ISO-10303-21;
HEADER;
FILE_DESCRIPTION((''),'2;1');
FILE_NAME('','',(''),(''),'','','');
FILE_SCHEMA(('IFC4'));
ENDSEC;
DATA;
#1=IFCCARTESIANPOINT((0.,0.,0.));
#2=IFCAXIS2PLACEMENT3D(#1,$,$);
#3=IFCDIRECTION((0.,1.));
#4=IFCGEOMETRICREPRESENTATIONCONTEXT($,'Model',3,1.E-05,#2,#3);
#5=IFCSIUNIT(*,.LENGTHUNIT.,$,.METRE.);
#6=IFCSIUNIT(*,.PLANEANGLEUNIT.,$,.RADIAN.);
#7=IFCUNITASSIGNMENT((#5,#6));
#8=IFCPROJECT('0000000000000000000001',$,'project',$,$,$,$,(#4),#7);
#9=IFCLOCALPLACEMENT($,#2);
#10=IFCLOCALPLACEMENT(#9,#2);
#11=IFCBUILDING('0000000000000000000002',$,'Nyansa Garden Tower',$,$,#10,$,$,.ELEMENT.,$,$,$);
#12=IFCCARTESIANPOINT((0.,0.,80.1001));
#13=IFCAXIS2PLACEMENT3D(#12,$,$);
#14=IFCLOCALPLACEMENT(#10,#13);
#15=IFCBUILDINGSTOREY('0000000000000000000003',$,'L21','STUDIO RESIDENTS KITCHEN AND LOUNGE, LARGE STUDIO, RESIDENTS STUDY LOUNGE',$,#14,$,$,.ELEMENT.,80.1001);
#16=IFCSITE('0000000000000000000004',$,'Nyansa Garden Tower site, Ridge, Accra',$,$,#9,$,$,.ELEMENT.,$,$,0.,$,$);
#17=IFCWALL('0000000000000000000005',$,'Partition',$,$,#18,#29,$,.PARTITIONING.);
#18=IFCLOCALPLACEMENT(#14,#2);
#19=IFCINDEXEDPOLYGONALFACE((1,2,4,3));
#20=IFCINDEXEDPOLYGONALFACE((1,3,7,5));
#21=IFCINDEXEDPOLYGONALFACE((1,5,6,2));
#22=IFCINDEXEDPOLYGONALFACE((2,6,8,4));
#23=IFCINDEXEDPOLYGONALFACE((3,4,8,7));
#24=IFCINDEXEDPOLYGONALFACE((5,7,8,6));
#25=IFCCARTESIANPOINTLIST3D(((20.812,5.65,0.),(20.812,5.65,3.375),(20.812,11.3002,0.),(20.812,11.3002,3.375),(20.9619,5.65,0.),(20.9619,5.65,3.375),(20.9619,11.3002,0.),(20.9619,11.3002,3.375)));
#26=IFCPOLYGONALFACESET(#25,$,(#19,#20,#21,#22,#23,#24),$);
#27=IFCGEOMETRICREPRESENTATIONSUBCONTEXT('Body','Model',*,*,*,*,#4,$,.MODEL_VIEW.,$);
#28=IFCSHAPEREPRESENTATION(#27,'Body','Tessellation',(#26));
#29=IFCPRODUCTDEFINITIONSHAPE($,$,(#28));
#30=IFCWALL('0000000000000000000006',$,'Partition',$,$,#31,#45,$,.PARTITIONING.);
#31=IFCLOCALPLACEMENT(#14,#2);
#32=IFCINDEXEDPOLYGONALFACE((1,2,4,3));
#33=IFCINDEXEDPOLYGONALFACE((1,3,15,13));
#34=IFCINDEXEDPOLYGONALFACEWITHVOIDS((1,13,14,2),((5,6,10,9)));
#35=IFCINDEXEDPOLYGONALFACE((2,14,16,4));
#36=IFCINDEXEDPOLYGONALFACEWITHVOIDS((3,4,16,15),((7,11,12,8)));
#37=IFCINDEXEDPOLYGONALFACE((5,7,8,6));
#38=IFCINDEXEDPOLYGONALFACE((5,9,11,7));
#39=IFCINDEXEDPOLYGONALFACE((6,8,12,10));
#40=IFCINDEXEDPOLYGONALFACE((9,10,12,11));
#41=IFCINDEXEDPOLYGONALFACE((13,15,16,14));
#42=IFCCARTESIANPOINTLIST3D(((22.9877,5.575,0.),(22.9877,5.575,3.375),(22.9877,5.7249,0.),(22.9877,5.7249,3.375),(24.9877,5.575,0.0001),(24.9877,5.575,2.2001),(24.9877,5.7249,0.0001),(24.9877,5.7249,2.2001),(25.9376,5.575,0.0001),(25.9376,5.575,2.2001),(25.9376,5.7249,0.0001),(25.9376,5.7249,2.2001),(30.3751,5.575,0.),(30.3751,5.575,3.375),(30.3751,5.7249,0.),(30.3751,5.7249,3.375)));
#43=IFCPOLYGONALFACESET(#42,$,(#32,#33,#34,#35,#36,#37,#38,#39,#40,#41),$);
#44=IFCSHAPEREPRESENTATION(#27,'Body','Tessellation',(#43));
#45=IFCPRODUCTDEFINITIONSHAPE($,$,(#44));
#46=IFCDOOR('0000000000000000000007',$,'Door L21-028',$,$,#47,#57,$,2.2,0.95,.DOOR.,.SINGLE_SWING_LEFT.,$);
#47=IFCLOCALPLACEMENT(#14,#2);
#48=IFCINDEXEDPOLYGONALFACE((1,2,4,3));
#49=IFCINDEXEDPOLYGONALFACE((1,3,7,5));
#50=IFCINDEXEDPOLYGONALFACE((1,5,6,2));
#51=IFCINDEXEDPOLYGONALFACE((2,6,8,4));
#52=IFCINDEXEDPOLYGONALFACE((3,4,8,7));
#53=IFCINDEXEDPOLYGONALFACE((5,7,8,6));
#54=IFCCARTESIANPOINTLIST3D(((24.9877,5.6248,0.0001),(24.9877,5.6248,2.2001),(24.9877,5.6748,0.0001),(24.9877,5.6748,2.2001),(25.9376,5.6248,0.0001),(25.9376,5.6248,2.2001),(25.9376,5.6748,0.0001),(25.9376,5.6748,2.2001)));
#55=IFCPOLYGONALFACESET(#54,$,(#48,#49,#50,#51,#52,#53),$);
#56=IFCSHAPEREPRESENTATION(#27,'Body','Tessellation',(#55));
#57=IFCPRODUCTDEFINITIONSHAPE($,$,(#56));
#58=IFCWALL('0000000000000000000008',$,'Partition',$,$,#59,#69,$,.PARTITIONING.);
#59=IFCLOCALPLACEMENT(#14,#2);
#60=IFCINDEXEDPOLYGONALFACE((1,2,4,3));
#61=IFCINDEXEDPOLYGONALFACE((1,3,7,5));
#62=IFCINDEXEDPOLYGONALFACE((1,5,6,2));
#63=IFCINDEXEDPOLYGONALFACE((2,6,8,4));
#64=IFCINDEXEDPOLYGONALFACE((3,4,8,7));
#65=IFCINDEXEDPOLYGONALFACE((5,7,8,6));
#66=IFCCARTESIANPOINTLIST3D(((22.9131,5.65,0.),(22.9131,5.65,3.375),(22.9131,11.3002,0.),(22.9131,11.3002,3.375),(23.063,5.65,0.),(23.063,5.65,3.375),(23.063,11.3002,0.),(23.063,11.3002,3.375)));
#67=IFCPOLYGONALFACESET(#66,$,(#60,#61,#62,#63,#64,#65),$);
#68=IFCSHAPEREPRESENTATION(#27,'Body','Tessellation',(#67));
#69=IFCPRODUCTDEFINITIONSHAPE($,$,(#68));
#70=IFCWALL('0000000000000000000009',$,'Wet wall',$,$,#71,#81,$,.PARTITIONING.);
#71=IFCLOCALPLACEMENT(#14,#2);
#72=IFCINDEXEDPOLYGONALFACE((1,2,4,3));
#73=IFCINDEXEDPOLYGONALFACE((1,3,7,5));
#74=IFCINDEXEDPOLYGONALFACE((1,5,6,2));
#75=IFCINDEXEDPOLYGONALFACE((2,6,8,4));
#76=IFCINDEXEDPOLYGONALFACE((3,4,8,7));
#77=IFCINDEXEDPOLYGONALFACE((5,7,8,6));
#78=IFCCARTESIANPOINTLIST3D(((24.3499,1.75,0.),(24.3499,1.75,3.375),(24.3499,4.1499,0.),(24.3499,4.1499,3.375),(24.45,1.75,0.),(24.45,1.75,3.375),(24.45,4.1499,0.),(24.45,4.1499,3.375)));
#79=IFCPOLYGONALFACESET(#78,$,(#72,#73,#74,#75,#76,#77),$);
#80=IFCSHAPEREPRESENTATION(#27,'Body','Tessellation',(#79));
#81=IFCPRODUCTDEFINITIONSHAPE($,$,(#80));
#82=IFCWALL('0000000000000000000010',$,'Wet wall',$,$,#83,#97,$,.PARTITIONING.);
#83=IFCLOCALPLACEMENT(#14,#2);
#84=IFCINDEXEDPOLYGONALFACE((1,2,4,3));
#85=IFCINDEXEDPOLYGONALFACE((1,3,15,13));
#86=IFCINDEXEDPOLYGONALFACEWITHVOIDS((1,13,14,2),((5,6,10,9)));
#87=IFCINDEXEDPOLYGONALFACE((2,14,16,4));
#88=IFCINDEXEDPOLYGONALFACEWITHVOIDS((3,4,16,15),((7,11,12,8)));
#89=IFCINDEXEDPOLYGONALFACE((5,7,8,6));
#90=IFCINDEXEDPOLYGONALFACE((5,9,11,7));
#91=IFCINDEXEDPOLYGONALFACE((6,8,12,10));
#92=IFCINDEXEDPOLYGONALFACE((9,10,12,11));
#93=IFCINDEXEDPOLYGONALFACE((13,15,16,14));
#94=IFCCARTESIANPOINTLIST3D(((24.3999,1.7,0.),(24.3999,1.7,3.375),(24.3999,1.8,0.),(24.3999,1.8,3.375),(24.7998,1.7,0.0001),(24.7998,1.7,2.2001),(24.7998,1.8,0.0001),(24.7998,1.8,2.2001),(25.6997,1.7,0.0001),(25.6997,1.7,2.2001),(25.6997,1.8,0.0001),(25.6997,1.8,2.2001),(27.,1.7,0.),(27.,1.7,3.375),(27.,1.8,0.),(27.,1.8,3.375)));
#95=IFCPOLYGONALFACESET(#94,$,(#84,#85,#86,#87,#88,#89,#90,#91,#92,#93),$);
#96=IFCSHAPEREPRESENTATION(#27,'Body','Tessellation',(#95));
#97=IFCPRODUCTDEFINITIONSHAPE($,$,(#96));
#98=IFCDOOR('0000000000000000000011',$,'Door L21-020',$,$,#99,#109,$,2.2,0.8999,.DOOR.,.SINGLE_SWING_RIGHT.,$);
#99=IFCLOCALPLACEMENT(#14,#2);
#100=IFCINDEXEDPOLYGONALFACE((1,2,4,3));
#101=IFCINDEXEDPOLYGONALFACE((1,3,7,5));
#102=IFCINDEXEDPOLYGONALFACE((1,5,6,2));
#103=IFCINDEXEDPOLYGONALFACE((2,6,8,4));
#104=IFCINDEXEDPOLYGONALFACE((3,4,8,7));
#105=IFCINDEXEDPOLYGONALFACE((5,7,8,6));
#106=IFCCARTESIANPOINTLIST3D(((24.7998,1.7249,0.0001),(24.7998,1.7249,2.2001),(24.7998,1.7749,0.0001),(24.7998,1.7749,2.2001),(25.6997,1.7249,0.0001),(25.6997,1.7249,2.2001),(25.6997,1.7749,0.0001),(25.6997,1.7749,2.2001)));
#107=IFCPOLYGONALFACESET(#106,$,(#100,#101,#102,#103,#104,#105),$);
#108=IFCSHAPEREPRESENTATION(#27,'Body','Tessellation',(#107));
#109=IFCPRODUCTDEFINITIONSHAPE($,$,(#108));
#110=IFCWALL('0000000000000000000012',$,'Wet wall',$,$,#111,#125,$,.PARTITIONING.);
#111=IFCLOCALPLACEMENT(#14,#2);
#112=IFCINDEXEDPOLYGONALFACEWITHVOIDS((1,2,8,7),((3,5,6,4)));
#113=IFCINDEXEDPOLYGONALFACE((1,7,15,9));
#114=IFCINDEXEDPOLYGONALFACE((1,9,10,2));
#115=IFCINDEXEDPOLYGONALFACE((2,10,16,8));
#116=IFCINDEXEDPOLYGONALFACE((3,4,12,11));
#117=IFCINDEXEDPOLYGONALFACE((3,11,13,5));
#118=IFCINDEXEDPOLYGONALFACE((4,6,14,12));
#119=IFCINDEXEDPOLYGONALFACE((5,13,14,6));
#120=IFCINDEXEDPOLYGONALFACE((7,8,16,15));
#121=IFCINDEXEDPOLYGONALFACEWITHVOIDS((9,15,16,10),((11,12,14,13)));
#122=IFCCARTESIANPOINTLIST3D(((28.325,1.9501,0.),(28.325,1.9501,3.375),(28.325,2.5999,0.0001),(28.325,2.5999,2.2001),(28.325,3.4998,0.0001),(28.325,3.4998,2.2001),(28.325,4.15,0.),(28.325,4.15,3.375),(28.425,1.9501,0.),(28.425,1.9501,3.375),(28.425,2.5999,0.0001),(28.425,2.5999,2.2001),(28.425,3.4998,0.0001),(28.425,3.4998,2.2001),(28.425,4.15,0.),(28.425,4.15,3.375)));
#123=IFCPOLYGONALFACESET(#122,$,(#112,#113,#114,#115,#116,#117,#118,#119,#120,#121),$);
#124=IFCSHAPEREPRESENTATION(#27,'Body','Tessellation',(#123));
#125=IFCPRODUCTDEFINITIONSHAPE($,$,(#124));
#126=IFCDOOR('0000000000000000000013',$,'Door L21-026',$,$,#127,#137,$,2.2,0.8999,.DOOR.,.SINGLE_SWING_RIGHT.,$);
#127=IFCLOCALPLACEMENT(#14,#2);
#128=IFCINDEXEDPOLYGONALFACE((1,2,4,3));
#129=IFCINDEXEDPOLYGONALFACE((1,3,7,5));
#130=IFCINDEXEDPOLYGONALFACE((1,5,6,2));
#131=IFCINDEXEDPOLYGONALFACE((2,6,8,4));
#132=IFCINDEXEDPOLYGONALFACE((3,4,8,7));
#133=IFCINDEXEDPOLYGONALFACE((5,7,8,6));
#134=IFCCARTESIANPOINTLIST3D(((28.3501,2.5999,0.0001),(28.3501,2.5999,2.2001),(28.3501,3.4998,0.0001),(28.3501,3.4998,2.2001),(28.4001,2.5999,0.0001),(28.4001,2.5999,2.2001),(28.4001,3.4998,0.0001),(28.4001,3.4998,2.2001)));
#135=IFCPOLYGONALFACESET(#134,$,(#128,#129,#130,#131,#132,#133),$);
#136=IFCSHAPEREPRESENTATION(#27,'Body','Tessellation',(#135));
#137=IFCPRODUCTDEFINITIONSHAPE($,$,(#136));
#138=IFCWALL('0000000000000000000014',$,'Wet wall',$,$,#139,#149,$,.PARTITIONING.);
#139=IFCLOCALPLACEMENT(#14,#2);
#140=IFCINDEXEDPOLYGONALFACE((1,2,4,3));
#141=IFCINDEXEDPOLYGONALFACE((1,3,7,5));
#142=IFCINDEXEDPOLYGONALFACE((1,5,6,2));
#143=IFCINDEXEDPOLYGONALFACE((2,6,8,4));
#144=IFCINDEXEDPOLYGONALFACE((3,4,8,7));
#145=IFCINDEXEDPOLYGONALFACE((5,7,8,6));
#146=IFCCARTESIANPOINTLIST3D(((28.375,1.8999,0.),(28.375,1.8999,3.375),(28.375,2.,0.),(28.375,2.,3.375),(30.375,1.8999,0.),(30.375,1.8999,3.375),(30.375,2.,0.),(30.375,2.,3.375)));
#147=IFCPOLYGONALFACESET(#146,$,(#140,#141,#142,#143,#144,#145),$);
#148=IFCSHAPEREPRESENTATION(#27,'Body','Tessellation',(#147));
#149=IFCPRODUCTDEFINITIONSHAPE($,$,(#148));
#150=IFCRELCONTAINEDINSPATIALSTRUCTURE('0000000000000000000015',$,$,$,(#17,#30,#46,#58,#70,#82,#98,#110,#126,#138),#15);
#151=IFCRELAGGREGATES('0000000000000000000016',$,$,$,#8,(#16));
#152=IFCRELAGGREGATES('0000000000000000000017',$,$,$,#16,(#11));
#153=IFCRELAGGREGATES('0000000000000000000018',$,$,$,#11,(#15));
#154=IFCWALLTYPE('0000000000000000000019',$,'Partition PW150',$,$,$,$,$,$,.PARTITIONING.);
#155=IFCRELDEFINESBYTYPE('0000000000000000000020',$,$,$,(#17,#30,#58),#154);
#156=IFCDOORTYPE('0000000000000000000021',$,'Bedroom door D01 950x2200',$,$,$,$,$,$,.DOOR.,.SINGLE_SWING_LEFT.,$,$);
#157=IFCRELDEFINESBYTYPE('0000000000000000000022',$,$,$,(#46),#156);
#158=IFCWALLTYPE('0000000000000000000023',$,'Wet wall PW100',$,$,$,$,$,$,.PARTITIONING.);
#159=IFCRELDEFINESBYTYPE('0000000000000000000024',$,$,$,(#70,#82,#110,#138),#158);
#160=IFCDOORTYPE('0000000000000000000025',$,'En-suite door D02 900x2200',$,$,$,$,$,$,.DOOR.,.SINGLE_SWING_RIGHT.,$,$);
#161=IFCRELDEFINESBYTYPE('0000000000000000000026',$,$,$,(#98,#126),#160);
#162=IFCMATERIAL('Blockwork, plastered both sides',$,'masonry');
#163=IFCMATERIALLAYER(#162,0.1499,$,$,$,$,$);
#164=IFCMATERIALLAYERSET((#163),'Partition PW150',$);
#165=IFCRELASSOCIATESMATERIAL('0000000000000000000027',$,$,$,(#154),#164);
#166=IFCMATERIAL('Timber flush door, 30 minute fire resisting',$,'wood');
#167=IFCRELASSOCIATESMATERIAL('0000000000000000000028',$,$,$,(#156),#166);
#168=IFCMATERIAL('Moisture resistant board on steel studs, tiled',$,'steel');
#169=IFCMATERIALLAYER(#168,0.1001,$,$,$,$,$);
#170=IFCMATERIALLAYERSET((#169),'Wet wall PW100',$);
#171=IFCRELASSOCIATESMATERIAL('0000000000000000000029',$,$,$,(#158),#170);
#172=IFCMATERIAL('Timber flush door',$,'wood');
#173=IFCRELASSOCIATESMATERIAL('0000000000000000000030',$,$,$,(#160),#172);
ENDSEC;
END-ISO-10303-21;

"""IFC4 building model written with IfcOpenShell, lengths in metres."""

from ifc_helpers import new_model, si_unit, direction, frame, frame_2d, origin, place, context, subcontext, project, spatial, rectangle, extrude, material, layer, layer_set, type_object, element, fill, save


model = new_model("IFC4")

# Units and contexts
model_context = context("Model", 3, precision=1e-05, world=origin(), true_north=direction((0.0, 1.0)))
body_context = subcontext(model_context, "Body", "Model", "MODEL_VIEW")
ifc_project = project(units=[si_unit("LENGTHUNIT", "METRE"), si_unit("PLANEANGLEUNIT", "RADIAN")], contexts=[model_context])

# Site, building, storey
site_placement = place(None, origin())
site = spatial("IfcSite", under=ifc_project, at=site_placement, Name="Nyansa Garden Tower site, Ridge, Accra", CompositionType="ELEMENT", RefElevation=0.0)
building_placement = place(site_placement, origin())
building = spatial("IfcBuilding", under=site, at=building_placement, Name="Nyansa Garden Tower", CompositionType="ELEMENT")
storey_placement = place(building_placement, frame((0.0, 0.0, 80.1001)))
storey = spatial("IfcBuildingStorey", under=building, at=storey_placement, Name="L21", Description="STUDIO RESIDENTS KITCHEN AND LOUNGE, LARGE STUDIO, RESIDENTS STUDY LOUNGE", CompositionType="ELEMENT", Elevation=80.1001)

# Wall
ifc_material_1 = material(Name="Blockwork, plastered both sides", Category="masonry")
ifc_layer_1 = layer(ifc_material_1, 0.1499)
ifc_layer_set_1 = layer_set([ifc_layer_1], Name="Partition PW150")
wall_type_1 = type_object("IfcWallType", Name="Partition PW150", PredefinedType="PARTITIONING", material=ifc_layer_set_1)
wall_1_placement = place(storey_placement, frame((20.887, 5.6499, 0.0), z_axis=(0.0, 0.0, 1.0), x_axis=(0.0, 1.0, 0.0)))
element("IfcWall", 1, at=wall_1_placement, inside=storey, type_object=wall_type_1, Name="Partition", PredefinedType="PARTITIONING", context=body_context, shape_type="SweptSolid", body=[
    extrude(rectangle(XDim=5.6501, YDim=0.1499, at=frame_2d((2.8252, 0.0))), origin(), (0.0, 0.0, 1.0), 3.375),
])

# Wall, opening, door
wall_2_placement = place(storey_placement, frame((22.9875, 5.6499, 0.0), z_axis=(0.0, 0.0, 1.0), x_axis=(1.0, 0.0, 0.0)))
wall_2 = element("IfcWall", 2, at=wall_2_placement, inside=storey, type_object=wall_type_1, Name="Partition", PredefinedType="PARTITIONING", context=body_context, shape_type="SweptSolid", body=[
    extrude(rectangle(XDim=7.3875, YDim=0.1499, at=frame_2d((3.6938, 0.0))), origin(), (0.0, 0.0, 1.0), 3.375),
])
opening_1_placement = place(wall_2_placement, frame((2.0, 0.0, 0.0)))
opening_1 = element("IfcOpeningElement", 3, at=opening_1_placement, cuts=wall_2, PredefinedType="OPENING", context=body_context, shape_type="SweptSolid", body=[
    extrude(rectangle(XDim=0.95, YDim=2.2, at=frame_2d((0.4751, 1.1001))), frame((0.0, 0.085, 0.0), z_axis=(0.0, -1.0, 0.0), x_axis=(1.0, 0.0, 0.0)), (0.0, 0.0, 1.0), 0.1699),
])
ifc_material_2 = material(Name="Timber flush door, 30 minute fire resisting", Category="wood")
door_type_1 = type_object("IfcDoorType", Name="Bedroom door D01 950x2200", OperationType="SINGLE_SWING_LEFT", PredefinedType="DOOR", material=ifc_material_2)
door_1_placement = place(opening_1_placement, origin())
door_1 = element("IfcDoor", 4, at=door_1_placement, inside=storey, type_object=door_type_1, Name="Door L21-028", OperationType="SINGLE_SWING_LEFT", OverallHeight=2.2, OverallWidth=0.95, PredefinedType="DOOR", context=body_context, shape_type="SweptSolid", body=[
    extrude(rectangle(XDim=0.95, YDim=2.2, at=frame_2d((0.4751, 1.1001))), frame((0.0, 0.0249, 0.0), z_axis=(0.0, -1.0, 0.0), x_axis=(1.0, 0.0, 0.0)), (0.0, 0.0, 1.0), 0.05),
])
fill(opening_1, door_1)

# Walls
wall_3_placement = place(storey_placement, frame((22.988, 5.6499, 0.0), z_axis=(0.0, 0.0, 1.0), x_axis=(0.0, 1.0, 0.0)))
element("IfcWall", 5, at=wall_3_placement, inside=storey, type_object=wall_type_1, Name="Partition", PredefinedType="PARTITIONING", context=body_context, shape_type="SweptSolid", body=[
    extrude(rectangle(XDim=5.6501, YDim=0.1499, at=frame_2d((2.8252, 0.0))), origin(), (0.0, 0.0, 1.0), 3.375),
])
ifc_material_3 = material(Name="Moisture resistant board on steel studs, tiled", Category="steel")
ifc_layer_2 = layer(ifc_material_3, 0.1001)
ifc_layer_set_2 = layer_set([ifc_layer_2], Name="Wet wall PW100")
wall_type_2 = type_object("IfcWallType", Name="Wet wall PW100", PredefinedType="PARTITIONING", material=ifc_layer_set_2)
wall_4_placement = place(storey_placement, frame((24.3999, 1.75, 0.0), z_axis=(0.0, 0.0, 1.0), x_axis=(0.0, 1.0, 0.0)))
element("IfcWall", 6, at=wall_4_placement, inside=storey, type_object=wall_type_2, Name="Wet wall", PredefinedType="PARTITIONING", context=body_context, shape_type="SweptSolid", body=[
    extrude(rectangle(XDim=2.3999, YDim=0.1001, at=frame_2d((1.2, 0.0))), origin(), (0.0, 0.0, 1.0), 3.375),
])

# Walls, openings, doors
wall_5_placement = place(storey_placement, frame((24.3999, 1.75, 0.0), z_axis=(0.0, 0.0, 1.0), x_axis=(1.0, 0.0, 0.0)))
wall_5 = element("IfcWall", 7, at=wall_5_placement, inside=storey, type_object=wall_type_2, Name="Wet wall", PredefinedType="PARTITIONING", context=body_context, shape_type="SweptSolid", body=[
    extrude(rectangle(XDim=2.6001, YDim=0.1001, at=frame_2d((1.3, 0.0))), origin(), (0.0, 0.0, 1.0), 3.375),
])
opening_2_placement = place(wall_5_placement, frame((0.3999, 0.0, 0.0)))
opening_2 = element("IfcOpeningElement", 8, at=opening_2_placement, cuts=wall_5, PredefinedType="OPENING", context=body_context, shape_type="SweptSolid", body=[
    extrude(rectangle(XDim=0.8999, YDim=2.2, at=frame_2d((0.45, 1.1001))), frame((0.0, 0.0601, 0.0), z_axis=(0.0, -1.0, 0.0), x_axis=(1.0, 0.0, 0.0)), (0.0, 0.0, 1.0), 0.1201),
])
ifc_material_4 = material(Name="Timber flush door", Category="wood")
door_type_2 = type_object("IfcDoorType", Name="En-suite door D02 900x2200", OperationType="SINGLE_SWING_RIGHT", PredefinedType="DOOR", material=ifc_material_4)
door_2_placement = place(opening_2_placement, origin())
door_2 = element("IfcDoor", 9, at=door_2_placement, inside=storey, type_object=door_type_2, Name="Door L21-020", OperationType="SINGLE_SWING_RIGHT", OverallHeight=2.2, OverallWidth=0.8999, PredefinedType="DOOR", context=body_context, shape_type="SweptSolid", body=[
    extrude(rectangle(XDim=0.8999, YDim=2.2, at=frame_2d((0.45, 1.1001))), frame((0.0, 0.0249, 0.0), z_axis=(0.0, -1.0, 0.0), x_axis=(1.0, 0.0, 0.0)), (0.0, 0.0, 1.0), 0.05),
])
fill(opening_2, door_2)
wall_6_placement = place(storey_placement, frame((28.375, 1.95, 0.0), z_axis=(0.0, 0.0, 1.0), x_axis=(0.0, 1.0, 0.0)))
wall_6 = element("IfcWall", 10, at=wall_6_placement, inside=storey, type_object=wall_type_2, Name="Wet wall", PredefinedType="PARTITIONING", context=body_context, shape_type="SweptSolid", body=[
    extrude(rectangle(XDim=2.2, YDim=0.1001, at=frame_2d((1.1001, 0.0))), origin(), (0.0, 0.0, 1.0), 3.375),
])
opening_3_placement = place(wall_6_placement, frame((0.6499, 0.0, 0.0)))
opening_3 = element("IfcOpeningElement", 11, at=opening_3_placement, cuts=wall_6, PredefinedType="OPENING", context=body_context, shape_type="SweptSolid", body=[
    extrude(rectangle(XDim=0.8999, YDim=2.2, at=frame_2d((0.45, 1.1001))), frame((0.0, 0.0601, 0.0), z_axis=(0.0, -1.0, 0.0), x_axis=(1.0, 0.0, 0.0)), (0.0, 0.0, 1.0), 0.1201),
])
door_3_placement = place(opening_3_placement, origin())
door_3 = element("IfcDoor", 12, at=door_3_placement, inside=storey, type_object=door_type_2, Name="Door L21-026", OperationType="SINGLE_SWING_RIGHT", OverallHeight=2.2, OverallWidth=0.8999, PredefinedType="DOOR", context=body_context, shape_type="SweptSolid", body=[
    extrude(rectangle(XDim=0.8999, YDim=2.2, at=frame_2d((0.45, 1.1001))), frame((0.0, 0.0249, 0.0), z_axis=(0.0, -1.0, 0.0), x_axis=(1.0, 0.0, 0.0)), (0.0, 0.0, 1.0), 0.05),
])
fill(opening_3, door_3)

# Wall
wall_7_placement = place(storey_placement, frame((28.375, 1.95, 0.0), z_axis=(0.0, 0.0, 1.0), x_axis=(1.0, 0.0, 0.0)))
element("IfcWall", 13, at=wall_7_placement, inside=storey, type_object=wall_type_2, Name="Wet wall", PredefinedType="PARTITIONING", context=body_context, shape_type="SweptSolid", body=[
    extrude(rectangle(XDim=2.0, YDim=0.1001, at=frame_2d((1.0, 0.0))), origin(), (0.0, 0.0, 1.0), 3.375),
])

save(model, "model.ifc")
